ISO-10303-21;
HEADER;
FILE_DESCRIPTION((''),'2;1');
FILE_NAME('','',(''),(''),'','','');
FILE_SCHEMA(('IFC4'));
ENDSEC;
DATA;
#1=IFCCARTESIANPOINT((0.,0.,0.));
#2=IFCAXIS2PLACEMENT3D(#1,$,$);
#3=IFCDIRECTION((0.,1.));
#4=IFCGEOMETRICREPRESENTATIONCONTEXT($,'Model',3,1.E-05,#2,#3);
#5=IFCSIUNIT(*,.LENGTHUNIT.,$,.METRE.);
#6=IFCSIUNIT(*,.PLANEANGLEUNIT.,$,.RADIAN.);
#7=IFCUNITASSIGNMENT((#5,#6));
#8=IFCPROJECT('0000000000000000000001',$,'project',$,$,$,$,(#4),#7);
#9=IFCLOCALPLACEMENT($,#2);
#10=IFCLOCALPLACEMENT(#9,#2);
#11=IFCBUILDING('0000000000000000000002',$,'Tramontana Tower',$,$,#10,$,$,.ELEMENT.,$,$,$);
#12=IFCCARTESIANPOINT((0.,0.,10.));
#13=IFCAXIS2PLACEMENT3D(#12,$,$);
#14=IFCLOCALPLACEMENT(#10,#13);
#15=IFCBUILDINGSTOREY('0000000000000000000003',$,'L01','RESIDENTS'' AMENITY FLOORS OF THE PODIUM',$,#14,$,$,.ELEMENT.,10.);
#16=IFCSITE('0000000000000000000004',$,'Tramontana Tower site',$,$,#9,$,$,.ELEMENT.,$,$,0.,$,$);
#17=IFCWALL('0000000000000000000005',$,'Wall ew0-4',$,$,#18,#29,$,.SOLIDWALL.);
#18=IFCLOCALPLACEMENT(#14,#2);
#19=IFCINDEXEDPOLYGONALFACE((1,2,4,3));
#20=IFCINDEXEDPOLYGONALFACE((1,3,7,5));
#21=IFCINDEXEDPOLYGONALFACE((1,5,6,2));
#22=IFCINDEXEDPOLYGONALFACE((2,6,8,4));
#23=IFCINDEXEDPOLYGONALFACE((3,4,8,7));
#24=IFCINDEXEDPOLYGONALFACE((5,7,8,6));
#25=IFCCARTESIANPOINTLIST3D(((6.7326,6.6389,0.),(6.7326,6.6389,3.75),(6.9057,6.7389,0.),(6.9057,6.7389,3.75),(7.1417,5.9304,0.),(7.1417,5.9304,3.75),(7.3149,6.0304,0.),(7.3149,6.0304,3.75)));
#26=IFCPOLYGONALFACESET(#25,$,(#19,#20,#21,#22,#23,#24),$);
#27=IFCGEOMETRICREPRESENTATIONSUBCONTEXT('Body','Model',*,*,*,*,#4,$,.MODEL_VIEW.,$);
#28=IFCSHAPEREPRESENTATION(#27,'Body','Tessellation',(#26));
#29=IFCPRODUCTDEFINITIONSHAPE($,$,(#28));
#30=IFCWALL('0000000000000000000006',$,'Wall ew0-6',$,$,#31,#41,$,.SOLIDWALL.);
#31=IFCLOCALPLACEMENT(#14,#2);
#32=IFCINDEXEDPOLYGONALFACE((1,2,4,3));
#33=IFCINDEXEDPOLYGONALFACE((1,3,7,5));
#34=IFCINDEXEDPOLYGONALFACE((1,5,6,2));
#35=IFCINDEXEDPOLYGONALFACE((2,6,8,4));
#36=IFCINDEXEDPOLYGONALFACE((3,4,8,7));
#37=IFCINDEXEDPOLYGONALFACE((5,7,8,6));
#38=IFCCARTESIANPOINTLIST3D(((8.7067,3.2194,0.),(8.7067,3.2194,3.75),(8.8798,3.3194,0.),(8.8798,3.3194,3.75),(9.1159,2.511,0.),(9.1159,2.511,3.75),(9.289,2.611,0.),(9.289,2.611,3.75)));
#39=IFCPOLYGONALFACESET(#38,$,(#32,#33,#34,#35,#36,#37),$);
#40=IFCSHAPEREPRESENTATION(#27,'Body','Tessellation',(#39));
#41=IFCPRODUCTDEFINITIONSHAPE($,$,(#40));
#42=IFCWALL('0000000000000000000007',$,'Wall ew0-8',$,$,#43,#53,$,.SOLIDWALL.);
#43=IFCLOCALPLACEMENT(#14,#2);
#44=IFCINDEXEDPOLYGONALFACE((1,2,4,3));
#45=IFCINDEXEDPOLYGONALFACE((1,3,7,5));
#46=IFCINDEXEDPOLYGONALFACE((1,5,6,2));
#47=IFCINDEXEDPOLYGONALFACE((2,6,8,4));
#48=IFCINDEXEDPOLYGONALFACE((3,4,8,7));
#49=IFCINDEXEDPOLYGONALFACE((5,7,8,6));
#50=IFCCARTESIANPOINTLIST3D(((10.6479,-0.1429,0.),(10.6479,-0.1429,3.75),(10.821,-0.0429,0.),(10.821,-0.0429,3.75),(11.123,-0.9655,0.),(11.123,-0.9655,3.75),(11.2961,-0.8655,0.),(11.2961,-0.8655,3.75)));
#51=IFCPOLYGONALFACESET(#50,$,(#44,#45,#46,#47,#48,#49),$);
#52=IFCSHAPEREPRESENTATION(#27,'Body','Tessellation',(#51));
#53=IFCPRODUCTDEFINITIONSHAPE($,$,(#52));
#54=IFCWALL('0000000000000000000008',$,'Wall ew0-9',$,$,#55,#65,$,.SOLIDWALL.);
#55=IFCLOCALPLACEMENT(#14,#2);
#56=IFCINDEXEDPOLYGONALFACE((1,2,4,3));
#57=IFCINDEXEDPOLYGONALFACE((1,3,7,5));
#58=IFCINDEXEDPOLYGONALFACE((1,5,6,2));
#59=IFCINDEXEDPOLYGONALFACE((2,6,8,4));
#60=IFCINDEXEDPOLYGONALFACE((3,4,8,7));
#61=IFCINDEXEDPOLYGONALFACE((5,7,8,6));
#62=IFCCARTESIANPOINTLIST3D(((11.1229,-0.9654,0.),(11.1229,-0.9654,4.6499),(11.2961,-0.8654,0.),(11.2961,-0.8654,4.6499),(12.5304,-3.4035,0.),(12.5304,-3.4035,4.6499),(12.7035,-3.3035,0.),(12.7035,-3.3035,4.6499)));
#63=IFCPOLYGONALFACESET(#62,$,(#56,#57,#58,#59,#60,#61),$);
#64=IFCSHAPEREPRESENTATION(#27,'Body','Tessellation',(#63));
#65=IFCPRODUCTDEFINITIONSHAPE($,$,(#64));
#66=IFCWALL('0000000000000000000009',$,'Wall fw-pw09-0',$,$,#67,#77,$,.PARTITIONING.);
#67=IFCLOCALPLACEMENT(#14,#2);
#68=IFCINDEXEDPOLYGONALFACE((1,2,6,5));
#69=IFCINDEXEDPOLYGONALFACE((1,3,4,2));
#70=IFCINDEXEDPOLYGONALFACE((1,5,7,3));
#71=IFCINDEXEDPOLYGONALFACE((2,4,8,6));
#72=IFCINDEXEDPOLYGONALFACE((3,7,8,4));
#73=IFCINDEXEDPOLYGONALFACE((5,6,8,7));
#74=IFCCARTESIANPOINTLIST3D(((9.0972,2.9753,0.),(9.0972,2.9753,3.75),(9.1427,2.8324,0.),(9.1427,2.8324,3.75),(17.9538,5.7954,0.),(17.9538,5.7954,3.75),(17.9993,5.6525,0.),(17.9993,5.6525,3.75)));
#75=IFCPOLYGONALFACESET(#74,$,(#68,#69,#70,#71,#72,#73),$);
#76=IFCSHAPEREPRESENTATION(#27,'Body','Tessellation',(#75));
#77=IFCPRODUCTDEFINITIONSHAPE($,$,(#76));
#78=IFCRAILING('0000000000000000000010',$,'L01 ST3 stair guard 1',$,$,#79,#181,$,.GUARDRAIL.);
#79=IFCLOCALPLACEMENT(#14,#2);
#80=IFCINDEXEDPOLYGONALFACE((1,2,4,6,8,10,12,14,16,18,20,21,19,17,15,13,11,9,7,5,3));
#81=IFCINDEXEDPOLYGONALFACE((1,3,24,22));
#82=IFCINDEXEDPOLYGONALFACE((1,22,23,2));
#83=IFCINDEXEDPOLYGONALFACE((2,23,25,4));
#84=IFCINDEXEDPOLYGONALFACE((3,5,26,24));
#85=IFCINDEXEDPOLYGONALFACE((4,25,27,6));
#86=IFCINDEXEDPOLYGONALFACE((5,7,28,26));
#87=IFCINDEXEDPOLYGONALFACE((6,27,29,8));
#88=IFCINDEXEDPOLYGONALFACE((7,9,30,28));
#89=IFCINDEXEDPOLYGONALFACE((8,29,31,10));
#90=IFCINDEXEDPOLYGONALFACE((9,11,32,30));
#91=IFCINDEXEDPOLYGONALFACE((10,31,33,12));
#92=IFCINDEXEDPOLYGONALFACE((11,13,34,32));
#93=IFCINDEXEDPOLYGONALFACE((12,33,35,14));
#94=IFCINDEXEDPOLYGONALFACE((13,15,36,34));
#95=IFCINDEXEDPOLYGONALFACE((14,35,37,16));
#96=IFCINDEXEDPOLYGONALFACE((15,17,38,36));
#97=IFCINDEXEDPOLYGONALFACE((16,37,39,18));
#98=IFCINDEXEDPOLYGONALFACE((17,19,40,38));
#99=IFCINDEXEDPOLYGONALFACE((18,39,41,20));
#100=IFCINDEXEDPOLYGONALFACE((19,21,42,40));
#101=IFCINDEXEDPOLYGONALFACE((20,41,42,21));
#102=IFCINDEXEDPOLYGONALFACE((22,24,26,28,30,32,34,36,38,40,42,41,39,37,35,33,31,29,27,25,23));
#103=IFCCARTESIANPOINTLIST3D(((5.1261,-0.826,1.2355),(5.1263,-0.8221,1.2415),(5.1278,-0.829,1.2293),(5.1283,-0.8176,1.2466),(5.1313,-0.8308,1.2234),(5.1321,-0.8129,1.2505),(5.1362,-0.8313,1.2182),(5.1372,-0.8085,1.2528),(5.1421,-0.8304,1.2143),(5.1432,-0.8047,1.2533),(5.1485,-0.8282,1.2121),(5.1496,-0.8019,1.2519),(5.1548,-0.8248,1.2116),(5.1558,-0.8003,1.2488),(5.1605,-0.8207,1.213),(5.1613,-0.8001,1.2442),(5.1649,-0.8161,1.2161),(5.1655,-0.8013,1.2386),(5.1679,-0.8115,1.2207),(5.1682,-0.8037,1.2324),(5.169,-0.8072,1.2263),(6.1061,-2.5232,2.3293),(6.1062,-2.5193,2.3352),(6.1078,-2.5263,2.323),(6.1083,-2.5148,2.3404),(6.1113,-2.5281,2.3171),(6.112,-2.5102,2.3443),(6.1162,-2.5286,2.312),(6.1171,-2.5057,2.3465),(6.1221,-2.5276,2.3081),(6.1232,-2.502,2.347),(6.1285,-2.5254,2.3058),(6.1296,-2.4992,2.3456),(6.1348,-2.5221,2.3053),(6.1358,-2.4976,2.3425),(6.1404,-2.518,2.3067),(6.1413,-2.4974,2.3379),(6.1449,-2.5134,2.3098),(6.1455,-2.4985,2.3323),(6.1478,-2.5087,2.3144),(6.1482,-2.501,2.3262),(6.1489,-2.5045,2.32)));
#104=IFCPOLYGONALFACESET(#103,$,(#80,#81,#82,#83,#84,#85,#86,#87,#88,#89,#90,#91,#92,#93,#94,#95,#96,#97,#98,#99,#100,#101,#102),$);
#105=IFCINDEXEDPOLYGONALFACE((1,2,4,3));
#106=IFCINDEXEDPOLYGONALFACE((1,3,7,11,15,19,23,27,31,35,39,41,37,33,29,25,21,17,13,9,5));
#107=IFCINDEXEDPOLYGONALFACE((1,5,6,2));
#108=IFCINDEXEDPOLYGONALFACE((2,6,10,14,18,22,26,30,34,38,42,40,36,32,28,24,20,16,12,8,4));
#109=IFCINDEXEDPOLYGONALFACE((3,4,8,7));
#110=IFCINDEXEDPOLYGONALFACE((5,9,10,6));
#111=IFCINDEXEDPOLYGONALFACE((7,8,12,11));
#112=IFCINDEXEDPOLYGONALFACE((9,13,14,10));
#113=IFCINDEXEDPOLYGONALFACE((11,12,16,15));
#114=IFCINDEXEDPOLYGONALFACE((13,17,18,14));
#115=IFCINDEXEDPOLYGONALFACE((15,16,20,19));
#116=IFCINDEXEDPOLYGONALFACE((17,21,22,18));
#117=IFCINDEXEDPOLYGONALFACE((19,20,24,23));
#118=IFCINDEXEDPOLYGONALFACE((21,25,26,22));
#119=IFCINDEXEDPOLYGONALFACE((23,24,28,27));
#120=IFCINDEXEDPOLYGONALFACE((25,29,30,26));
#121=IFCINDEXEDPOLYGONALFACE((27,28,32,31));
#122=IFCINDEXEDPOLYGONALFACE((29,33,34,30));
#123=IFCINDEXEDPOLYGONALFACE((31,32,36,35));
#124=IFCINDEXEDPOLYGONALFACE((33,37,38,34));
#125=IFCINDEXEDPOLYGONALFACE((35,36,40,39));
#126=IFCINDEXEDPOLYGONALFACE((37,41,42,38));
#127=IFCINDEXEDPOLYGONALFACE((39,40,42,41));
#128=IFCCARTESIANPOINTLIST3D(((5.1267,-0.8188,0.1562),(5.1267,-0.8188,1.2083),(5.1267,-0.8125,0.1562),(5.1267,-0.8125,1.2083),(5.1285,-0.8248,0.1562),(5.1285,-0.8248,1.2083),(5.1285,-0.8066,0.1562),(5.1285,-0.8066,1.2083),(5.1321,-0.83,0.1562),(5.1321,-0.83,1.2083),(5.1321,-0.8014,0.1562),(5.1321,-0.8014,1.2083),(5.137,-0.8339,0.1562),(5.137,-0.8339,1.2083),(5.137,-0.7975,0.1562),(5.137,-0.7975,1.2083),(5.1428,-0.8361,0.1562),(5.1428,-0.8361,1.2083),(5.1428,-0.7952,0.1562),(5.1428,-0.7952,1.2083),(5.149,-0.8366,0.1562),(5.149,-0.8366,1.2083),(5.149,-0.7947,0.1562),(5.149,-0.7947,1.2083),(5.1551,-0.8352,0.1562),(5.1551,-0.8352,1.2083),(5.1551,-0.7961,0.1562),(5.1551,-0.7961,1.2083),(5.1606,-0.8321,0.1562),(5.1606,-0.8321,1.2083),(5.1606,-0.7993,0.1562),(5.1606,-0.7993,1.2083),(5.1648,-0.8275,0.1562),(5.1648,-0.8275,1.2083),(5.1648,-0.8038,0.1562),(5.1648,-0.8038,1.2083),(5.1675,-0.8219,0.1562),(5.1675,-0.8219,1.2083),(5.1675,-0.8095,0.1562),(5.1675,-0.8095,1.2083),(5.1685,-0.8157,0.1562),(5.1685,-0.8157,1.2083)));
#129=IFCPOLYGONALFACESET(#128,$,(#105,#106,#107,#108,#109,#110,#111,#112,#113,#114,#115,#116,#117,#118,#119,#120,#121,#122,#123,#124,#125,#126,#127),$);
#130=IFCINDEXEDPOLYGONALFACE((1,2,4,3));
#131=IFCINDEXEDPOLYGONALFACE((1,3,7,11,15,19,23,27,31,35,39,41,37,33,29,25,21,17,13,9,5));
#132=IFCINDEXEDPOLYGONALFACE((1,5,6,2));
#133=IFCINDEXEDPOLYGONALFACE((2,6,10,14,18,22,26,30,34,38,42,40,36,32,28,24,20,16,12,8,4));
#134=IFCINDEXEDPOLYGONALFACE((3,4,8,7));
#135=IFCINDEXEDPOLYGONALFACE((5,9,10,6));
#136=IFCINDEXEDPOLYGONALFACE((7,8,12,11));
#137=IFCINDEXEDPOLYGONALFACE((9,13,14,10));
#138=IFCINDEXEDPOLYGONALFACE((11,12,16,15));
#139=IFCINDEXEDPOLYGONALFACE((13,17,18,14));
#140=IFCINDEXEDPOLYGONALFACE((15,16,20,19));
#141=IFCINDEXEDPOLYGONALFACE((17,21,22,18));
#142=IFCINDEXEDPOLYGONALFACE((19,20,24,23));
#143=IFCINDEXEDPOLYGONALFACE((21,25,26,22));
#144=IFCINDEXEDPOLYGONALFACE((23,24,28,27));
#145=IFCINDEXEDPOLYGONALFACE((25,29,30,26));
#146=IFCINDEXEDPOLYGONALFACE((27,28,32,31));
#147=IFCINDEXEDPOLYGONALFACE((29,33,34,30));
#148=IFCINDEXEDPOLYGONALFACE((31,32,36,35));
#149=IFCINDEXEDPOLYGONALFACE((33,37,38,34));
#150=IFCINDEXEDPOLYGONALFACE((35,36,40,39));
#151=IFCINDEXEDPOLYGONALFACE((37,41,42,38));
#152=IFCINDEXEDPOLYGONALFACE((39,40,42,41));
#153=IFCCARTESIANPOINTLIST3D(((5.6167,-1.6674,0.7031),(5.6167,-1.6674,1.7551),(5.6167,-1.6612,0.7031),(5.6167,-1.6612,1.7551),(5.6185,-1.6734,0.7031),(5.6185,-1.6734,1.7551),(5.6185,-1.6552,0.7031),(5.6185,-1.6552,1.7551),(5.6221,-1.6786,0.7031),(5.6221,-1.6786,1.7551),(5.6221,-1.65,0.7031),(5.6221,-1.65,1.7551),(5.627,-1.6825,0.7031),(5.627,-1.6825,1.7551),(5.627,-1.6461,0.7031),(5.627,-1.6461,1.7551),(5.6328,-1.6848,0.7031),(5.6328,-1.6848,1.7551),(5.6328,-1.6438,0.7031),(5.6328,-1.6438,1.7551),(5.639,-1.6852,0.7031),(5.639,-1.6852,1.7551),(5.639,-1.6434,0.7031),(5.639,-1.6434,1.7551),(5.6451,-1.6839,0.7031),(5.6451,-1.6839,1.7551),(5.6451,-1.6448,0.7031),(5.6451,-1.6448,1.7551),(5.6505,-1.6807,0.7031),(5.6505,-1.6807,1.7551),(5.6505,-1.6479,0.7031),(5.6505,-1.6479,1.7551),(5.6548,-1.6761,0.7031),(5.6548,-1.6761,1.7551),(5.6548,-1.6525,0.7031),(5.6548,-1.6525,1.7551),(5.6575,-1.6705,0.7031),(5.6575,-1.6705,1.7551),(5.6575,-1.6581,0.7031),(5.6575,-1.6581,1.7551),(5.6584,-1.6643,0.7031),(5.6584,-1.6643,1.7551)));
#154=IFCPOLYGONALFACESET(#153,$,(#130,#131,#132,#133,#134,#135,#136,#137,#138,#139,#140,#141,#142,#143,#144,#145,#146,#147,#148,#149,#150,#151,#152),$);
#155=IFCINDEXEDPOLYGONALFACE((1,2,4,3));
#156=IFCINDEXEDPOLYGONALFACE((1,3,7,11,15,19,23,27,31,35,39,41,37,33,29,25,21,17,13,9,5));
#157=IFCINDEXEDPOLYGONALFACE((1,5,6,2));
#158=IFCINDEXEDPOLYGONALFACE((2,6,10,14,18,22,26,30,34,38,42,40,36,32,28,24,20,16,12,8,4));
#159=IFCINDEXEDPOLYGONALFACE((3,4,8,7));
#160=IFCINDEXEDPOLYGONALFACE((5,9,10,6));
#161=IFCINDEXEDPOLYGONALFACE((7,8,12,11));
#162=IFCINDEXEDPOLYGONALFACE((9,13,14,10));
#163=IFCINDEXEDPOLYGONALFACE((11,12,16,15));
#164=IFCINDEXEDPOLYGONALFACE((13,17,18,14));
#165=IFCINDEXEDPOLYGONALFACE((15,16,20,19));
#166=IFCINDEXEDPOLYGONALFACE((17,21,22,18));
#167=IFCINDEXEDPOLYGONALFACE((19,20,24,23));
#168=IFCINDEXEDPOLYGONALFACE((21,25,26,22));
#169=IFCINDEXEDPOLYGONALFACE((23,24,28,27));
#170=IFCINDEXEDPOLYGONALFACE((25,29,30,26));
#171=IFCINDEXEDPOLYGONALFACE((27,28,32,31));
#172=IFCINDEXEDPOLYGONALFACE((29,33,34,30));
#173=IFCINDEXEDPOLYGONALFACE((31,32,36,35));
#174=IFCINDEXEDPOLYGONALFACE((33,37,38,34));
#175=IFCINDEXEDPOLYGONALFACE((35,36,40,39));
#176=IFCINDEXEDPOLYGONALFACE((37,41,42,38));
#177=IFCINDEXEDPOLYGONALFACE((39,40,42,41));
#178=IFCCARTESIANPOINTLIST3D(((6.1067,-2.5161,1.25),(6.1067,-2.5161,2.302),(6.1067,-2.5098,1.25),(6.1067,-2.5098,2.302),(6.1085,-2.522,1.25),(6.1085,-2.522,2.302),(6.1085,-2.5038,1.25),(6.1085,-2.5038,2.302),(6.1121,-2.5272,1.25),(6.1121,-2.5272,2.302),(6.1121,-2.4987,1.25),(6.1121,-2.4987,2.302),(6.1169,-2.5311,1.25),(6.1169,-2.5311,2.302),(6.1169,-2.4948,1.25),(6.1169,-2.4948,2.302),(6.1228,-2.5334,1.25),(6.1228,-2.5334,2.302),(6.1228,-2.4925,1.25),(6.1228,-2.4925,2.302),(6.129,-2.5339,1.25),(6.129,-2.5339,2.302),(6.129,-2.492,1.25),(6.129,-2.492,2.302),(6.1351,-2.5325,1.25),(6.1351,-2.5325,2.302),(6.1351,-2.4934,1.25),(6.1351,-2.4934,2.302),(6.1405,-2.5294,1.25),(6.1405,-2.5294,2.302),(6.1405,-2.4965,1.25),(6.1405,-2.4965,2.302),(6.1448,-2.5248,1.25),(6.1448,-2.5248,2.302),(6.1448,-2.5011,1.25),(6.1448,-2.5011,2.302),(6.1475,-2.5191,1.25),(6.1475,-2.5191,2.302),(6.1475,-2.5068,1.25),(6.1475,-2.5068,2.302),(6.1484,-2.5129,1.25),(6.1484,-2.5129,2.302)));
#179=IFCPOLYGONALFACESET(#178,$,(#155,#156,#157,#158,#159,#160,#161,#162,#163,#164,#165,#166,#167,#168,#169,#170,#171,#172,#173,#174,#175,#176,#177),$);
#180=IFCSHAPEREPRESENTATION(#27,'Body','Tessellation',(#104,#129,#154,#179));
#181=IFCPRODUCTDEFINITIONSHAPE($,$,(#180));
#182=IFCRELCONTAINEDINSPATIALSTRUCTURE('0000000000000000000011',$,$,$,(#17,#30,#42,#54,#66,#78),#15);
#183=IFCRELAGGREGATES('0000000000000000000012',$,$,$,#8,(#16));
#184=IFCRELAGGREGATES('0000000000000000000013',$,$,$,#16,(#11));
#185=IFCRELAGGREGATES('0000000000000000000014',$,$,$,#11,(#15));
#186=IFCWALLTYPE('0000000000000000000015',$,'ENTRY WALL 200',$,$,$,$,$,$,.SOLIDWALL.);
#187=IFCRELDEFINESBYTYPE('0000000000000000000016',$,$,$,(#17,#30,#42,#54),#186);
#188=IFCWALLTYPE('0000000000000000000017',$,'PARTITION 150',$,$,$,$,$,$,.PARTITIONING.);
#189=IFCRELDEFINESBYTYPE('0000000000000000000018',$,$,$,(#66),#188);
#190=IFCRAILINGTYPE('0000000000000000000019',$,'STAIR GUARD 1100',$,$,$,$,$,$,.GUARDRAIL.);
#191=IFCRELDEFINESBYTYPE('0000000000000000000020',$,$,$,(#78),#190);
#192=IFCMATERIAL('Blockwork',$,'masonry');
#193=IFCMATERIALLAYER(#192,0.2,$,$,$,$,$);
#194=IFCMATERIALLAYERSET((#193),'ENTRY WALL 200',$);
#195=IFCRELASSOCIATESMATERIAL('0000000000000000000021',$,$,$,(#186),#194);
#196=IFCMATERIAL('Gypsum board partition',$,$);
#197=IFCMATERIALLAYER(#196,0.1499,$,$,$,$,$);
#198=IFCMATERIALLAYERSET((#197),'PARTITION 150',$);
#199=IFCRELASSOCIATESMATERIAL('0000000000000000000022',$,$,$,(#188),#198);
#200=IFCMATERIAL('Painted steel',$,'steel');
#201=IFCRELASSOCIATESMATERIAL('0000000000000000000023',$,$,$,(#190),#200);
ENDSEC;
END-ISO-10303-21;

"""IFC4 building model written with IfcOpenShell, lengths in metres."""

from ifc_helpers import new_model, si_unit, direction, frame, frame_2d, origin, origin_2d, place, context, subcontext, project, spatial, rectangle, circle, extrude, material, layer, layer_set, type_object, element, save


model = new_model("IFC4")

# Units and contexts
model_context = context("Model", 3, precision=1e-05, world=origin(), true_north=direction((0.0, 1.0)))
body_context = subcontext(model_context, "Body", "Model", "MODEL_VIEW")
ifc_project = project(units=[si_unit("LENGTHUNIT", "METRE"), si_unit("PLANEANGLEUNIT", "RADIAN")], contexts=[model_context])

# Site, building, storey
site_placement = place(None, origin())
site = spatial("IfcSite", under=ifc_project, at=site_placement, Name="Tramontana Tower site", CompositionType="ELEMENT", RefElevation=0.0)
building_placement = place(site_placement, origin())
building = spatial("IfcBuilding", under=site, at=building_placement, Name="Tramontana Tower", CompositionType="ELEMENT")
storey_placement = place(building_placement, frame((0.0, 0.0, 10.0)))
storey = spatial("IfcBuildingStorey", under=building, at=storey_placement, Name="L01", Description="RESIDENTS' AMENITY FLOORS OF THE PODIUM", CompositionType="ELEMENT", Elevation=10.0)

# Wall
ifc_material_1 = material(Name="Blockwork", Category="masonry")
ifc_layer_1 = layer(ifc_material_1, 0.2)
ifc_layer_set_1 = layer_set([ifc_layer_1], Name="ENTRY WALL 200")
wall_type_1 = type_object("IfcWallType", Name="ENTRY WALL 200", PredefinedType="SOLIDWALL", material=ifc_layer_set_1)
wall_1_placement = place(storey_placement, frame((6.8191, 6.689, 0.0), z_axis=(0.0, 0.0, 1.0), x_axis=(0.500119, -0.865957, 0.0)))
element("IfcWall", 1, at=wall_1_placement, inside=storey, type_object=wall_type_1, Name="Wall ew0-4", PredefinedType="SOLIDWALL", context=body_context, shape_type="SweptSolid", body=[
    extrude(rectangle(XDim=0.8181, YDim=0.2, at=frame_2d((0.4092, 0.0))), origin(), (0.0, 0.0, 1.0), 3.75),
])

# Wall
wall_2_placement = place(storey_placement, frame((8.7932, 3.2695, 0.0), z_axis=(0.0, 0.0, 1.0), x_axis=(0.500119, -0.865957, 0.0)))
element("IfcWall", 2, at=wall_2_placement, inside=storey, type_object=wall_type_1, Name="Wall ew0-6", PredefinedType="SOLIDWALL", context=body_context, shape_type="SweptSolid", body=[
    extrude(rectangle(XDim=0.8181, YDim=0.2, at=frame_2d((0.4092, 0.0))), origin(), (0.0, 0.0, 1.0), 3.75),
])

# Walls
wall_3_placement = place(storey_placement, frame((10.7344, -0.0928, 0.0), z_axis=(0.0, 0.0, 1.0), x_axis=(0.500175, -0.865924, 0.0)))
element("IfcWall", 3, at=wall_3_placement, inside=storey, type_object=wall_type_1, Name="Wall ew0-8", PredefinedType="SOLIDWALL", context=body_context, shape_type="SweptSolid", body=[
    extrude(rectangle(XDim=0.95, YDim=0.2, at=frame_2d((0.4751, 0.0))), origin(), (0.0, 0.0, 1.0), 3.75),
])
wall_4_placement = place(storey_placement, frame((11.2095, -0.9153, 0.0), z_axis=(0.0, 0.0, 1.0), x_axis=(0.499935, -0.866063, 0.0)))
element("IfcWall", 4, at=wall_4_placement, inside=storey, type_object=wall_type_1, Name="Wall ew0-9", PredefinedType="SOLIDWALL", context=body_context, shape_type="SweptSolid", body=[
    extrude(rectangle(XDim=2.8152, YDim=0.2, at=frame_2d((1.4077, 0.0))), origin(), (0.0, 0.0, 1.0), 4.6499),
])
ifc_material_2 = material(Name="Gypsum board partition")
ifc_layer_2 = layer(ifc_material_2, 0.1499)
ifc_layer_set_2 = layer_set([ifc_layer_2], Name="PARTITION 150")
wall_type_2 = type_object("IfcWallType", Name="PARTITION 150", PredefinedType="PARTITIONING", material=ifc_layer_set_2)
wall_5_placement = place(storey_placement, frame((9.1199, 2.9038, 0.0), z_axis=(0.0, 0.0, 1.0), x_axis=(0.95286, 0.30341, 0.0)))
element("IfcWall", 5, at=wall_5_placement, inside=storey, type_object=wall_type_2, Name="Wall fw-pw09-0", PredefinedType="PARTITIONING", context=body_context, shape_type="SweptSolid", body=[
    extrude(rectangle(XDim=9.2947, YDim=0.1499, at=frame_2d((4.6475, 0.0))), origin(), (0.0, 0.0, 1.0), 3.75),
])

# Railing
ifc_material_3 = material(Name="Painted steel", Category="steel")
railing_type = type_object("IfcRailingType", Name="STAIR GUARD 1100", PredefinedType="GUARDRAIL", material=ifc_material_3)
for number, where, name in (
    (6, (5.1475, -0.8157, 0.1562), "L01 ST3 stair guard 1"),
):
    element("IfcRailing", number, at=place(storey_placement, frame(where)), inside=storey, type_object=railing_type, Name=name, PredefinedType="GUARDRAIL", context=body_context, shape_type="SweptSolid", body=[
        extrude(circle(Radius=0.0239, at=origin_2d()), frame((0.0, 0.0, 1.0762), z_axis=(0.436632, -0.75622, 0.487323), x_axis=(0.866011, 0.500024, 0.0)), (0.0, 0.0, 1.0), 2.2444),
        extrude(circle(Radius=0.021, at=origin_2d()), origin(), (0.0, 0.0, 1.0), 1.052),
        extrude(circle(Radius=0.021, at=origin_2d()), frame((0.49, -0.8486, 0.5469)), (0.0, 0.0, 1.0), 1.052),
        extrude(circle(Radius=0.021, at=origin_2d()), frame((0.98, -1.6973, 1.0938)), (0.0, 0.0, 1.0), 1.052),
    ])

save(model, "model.ifc")
